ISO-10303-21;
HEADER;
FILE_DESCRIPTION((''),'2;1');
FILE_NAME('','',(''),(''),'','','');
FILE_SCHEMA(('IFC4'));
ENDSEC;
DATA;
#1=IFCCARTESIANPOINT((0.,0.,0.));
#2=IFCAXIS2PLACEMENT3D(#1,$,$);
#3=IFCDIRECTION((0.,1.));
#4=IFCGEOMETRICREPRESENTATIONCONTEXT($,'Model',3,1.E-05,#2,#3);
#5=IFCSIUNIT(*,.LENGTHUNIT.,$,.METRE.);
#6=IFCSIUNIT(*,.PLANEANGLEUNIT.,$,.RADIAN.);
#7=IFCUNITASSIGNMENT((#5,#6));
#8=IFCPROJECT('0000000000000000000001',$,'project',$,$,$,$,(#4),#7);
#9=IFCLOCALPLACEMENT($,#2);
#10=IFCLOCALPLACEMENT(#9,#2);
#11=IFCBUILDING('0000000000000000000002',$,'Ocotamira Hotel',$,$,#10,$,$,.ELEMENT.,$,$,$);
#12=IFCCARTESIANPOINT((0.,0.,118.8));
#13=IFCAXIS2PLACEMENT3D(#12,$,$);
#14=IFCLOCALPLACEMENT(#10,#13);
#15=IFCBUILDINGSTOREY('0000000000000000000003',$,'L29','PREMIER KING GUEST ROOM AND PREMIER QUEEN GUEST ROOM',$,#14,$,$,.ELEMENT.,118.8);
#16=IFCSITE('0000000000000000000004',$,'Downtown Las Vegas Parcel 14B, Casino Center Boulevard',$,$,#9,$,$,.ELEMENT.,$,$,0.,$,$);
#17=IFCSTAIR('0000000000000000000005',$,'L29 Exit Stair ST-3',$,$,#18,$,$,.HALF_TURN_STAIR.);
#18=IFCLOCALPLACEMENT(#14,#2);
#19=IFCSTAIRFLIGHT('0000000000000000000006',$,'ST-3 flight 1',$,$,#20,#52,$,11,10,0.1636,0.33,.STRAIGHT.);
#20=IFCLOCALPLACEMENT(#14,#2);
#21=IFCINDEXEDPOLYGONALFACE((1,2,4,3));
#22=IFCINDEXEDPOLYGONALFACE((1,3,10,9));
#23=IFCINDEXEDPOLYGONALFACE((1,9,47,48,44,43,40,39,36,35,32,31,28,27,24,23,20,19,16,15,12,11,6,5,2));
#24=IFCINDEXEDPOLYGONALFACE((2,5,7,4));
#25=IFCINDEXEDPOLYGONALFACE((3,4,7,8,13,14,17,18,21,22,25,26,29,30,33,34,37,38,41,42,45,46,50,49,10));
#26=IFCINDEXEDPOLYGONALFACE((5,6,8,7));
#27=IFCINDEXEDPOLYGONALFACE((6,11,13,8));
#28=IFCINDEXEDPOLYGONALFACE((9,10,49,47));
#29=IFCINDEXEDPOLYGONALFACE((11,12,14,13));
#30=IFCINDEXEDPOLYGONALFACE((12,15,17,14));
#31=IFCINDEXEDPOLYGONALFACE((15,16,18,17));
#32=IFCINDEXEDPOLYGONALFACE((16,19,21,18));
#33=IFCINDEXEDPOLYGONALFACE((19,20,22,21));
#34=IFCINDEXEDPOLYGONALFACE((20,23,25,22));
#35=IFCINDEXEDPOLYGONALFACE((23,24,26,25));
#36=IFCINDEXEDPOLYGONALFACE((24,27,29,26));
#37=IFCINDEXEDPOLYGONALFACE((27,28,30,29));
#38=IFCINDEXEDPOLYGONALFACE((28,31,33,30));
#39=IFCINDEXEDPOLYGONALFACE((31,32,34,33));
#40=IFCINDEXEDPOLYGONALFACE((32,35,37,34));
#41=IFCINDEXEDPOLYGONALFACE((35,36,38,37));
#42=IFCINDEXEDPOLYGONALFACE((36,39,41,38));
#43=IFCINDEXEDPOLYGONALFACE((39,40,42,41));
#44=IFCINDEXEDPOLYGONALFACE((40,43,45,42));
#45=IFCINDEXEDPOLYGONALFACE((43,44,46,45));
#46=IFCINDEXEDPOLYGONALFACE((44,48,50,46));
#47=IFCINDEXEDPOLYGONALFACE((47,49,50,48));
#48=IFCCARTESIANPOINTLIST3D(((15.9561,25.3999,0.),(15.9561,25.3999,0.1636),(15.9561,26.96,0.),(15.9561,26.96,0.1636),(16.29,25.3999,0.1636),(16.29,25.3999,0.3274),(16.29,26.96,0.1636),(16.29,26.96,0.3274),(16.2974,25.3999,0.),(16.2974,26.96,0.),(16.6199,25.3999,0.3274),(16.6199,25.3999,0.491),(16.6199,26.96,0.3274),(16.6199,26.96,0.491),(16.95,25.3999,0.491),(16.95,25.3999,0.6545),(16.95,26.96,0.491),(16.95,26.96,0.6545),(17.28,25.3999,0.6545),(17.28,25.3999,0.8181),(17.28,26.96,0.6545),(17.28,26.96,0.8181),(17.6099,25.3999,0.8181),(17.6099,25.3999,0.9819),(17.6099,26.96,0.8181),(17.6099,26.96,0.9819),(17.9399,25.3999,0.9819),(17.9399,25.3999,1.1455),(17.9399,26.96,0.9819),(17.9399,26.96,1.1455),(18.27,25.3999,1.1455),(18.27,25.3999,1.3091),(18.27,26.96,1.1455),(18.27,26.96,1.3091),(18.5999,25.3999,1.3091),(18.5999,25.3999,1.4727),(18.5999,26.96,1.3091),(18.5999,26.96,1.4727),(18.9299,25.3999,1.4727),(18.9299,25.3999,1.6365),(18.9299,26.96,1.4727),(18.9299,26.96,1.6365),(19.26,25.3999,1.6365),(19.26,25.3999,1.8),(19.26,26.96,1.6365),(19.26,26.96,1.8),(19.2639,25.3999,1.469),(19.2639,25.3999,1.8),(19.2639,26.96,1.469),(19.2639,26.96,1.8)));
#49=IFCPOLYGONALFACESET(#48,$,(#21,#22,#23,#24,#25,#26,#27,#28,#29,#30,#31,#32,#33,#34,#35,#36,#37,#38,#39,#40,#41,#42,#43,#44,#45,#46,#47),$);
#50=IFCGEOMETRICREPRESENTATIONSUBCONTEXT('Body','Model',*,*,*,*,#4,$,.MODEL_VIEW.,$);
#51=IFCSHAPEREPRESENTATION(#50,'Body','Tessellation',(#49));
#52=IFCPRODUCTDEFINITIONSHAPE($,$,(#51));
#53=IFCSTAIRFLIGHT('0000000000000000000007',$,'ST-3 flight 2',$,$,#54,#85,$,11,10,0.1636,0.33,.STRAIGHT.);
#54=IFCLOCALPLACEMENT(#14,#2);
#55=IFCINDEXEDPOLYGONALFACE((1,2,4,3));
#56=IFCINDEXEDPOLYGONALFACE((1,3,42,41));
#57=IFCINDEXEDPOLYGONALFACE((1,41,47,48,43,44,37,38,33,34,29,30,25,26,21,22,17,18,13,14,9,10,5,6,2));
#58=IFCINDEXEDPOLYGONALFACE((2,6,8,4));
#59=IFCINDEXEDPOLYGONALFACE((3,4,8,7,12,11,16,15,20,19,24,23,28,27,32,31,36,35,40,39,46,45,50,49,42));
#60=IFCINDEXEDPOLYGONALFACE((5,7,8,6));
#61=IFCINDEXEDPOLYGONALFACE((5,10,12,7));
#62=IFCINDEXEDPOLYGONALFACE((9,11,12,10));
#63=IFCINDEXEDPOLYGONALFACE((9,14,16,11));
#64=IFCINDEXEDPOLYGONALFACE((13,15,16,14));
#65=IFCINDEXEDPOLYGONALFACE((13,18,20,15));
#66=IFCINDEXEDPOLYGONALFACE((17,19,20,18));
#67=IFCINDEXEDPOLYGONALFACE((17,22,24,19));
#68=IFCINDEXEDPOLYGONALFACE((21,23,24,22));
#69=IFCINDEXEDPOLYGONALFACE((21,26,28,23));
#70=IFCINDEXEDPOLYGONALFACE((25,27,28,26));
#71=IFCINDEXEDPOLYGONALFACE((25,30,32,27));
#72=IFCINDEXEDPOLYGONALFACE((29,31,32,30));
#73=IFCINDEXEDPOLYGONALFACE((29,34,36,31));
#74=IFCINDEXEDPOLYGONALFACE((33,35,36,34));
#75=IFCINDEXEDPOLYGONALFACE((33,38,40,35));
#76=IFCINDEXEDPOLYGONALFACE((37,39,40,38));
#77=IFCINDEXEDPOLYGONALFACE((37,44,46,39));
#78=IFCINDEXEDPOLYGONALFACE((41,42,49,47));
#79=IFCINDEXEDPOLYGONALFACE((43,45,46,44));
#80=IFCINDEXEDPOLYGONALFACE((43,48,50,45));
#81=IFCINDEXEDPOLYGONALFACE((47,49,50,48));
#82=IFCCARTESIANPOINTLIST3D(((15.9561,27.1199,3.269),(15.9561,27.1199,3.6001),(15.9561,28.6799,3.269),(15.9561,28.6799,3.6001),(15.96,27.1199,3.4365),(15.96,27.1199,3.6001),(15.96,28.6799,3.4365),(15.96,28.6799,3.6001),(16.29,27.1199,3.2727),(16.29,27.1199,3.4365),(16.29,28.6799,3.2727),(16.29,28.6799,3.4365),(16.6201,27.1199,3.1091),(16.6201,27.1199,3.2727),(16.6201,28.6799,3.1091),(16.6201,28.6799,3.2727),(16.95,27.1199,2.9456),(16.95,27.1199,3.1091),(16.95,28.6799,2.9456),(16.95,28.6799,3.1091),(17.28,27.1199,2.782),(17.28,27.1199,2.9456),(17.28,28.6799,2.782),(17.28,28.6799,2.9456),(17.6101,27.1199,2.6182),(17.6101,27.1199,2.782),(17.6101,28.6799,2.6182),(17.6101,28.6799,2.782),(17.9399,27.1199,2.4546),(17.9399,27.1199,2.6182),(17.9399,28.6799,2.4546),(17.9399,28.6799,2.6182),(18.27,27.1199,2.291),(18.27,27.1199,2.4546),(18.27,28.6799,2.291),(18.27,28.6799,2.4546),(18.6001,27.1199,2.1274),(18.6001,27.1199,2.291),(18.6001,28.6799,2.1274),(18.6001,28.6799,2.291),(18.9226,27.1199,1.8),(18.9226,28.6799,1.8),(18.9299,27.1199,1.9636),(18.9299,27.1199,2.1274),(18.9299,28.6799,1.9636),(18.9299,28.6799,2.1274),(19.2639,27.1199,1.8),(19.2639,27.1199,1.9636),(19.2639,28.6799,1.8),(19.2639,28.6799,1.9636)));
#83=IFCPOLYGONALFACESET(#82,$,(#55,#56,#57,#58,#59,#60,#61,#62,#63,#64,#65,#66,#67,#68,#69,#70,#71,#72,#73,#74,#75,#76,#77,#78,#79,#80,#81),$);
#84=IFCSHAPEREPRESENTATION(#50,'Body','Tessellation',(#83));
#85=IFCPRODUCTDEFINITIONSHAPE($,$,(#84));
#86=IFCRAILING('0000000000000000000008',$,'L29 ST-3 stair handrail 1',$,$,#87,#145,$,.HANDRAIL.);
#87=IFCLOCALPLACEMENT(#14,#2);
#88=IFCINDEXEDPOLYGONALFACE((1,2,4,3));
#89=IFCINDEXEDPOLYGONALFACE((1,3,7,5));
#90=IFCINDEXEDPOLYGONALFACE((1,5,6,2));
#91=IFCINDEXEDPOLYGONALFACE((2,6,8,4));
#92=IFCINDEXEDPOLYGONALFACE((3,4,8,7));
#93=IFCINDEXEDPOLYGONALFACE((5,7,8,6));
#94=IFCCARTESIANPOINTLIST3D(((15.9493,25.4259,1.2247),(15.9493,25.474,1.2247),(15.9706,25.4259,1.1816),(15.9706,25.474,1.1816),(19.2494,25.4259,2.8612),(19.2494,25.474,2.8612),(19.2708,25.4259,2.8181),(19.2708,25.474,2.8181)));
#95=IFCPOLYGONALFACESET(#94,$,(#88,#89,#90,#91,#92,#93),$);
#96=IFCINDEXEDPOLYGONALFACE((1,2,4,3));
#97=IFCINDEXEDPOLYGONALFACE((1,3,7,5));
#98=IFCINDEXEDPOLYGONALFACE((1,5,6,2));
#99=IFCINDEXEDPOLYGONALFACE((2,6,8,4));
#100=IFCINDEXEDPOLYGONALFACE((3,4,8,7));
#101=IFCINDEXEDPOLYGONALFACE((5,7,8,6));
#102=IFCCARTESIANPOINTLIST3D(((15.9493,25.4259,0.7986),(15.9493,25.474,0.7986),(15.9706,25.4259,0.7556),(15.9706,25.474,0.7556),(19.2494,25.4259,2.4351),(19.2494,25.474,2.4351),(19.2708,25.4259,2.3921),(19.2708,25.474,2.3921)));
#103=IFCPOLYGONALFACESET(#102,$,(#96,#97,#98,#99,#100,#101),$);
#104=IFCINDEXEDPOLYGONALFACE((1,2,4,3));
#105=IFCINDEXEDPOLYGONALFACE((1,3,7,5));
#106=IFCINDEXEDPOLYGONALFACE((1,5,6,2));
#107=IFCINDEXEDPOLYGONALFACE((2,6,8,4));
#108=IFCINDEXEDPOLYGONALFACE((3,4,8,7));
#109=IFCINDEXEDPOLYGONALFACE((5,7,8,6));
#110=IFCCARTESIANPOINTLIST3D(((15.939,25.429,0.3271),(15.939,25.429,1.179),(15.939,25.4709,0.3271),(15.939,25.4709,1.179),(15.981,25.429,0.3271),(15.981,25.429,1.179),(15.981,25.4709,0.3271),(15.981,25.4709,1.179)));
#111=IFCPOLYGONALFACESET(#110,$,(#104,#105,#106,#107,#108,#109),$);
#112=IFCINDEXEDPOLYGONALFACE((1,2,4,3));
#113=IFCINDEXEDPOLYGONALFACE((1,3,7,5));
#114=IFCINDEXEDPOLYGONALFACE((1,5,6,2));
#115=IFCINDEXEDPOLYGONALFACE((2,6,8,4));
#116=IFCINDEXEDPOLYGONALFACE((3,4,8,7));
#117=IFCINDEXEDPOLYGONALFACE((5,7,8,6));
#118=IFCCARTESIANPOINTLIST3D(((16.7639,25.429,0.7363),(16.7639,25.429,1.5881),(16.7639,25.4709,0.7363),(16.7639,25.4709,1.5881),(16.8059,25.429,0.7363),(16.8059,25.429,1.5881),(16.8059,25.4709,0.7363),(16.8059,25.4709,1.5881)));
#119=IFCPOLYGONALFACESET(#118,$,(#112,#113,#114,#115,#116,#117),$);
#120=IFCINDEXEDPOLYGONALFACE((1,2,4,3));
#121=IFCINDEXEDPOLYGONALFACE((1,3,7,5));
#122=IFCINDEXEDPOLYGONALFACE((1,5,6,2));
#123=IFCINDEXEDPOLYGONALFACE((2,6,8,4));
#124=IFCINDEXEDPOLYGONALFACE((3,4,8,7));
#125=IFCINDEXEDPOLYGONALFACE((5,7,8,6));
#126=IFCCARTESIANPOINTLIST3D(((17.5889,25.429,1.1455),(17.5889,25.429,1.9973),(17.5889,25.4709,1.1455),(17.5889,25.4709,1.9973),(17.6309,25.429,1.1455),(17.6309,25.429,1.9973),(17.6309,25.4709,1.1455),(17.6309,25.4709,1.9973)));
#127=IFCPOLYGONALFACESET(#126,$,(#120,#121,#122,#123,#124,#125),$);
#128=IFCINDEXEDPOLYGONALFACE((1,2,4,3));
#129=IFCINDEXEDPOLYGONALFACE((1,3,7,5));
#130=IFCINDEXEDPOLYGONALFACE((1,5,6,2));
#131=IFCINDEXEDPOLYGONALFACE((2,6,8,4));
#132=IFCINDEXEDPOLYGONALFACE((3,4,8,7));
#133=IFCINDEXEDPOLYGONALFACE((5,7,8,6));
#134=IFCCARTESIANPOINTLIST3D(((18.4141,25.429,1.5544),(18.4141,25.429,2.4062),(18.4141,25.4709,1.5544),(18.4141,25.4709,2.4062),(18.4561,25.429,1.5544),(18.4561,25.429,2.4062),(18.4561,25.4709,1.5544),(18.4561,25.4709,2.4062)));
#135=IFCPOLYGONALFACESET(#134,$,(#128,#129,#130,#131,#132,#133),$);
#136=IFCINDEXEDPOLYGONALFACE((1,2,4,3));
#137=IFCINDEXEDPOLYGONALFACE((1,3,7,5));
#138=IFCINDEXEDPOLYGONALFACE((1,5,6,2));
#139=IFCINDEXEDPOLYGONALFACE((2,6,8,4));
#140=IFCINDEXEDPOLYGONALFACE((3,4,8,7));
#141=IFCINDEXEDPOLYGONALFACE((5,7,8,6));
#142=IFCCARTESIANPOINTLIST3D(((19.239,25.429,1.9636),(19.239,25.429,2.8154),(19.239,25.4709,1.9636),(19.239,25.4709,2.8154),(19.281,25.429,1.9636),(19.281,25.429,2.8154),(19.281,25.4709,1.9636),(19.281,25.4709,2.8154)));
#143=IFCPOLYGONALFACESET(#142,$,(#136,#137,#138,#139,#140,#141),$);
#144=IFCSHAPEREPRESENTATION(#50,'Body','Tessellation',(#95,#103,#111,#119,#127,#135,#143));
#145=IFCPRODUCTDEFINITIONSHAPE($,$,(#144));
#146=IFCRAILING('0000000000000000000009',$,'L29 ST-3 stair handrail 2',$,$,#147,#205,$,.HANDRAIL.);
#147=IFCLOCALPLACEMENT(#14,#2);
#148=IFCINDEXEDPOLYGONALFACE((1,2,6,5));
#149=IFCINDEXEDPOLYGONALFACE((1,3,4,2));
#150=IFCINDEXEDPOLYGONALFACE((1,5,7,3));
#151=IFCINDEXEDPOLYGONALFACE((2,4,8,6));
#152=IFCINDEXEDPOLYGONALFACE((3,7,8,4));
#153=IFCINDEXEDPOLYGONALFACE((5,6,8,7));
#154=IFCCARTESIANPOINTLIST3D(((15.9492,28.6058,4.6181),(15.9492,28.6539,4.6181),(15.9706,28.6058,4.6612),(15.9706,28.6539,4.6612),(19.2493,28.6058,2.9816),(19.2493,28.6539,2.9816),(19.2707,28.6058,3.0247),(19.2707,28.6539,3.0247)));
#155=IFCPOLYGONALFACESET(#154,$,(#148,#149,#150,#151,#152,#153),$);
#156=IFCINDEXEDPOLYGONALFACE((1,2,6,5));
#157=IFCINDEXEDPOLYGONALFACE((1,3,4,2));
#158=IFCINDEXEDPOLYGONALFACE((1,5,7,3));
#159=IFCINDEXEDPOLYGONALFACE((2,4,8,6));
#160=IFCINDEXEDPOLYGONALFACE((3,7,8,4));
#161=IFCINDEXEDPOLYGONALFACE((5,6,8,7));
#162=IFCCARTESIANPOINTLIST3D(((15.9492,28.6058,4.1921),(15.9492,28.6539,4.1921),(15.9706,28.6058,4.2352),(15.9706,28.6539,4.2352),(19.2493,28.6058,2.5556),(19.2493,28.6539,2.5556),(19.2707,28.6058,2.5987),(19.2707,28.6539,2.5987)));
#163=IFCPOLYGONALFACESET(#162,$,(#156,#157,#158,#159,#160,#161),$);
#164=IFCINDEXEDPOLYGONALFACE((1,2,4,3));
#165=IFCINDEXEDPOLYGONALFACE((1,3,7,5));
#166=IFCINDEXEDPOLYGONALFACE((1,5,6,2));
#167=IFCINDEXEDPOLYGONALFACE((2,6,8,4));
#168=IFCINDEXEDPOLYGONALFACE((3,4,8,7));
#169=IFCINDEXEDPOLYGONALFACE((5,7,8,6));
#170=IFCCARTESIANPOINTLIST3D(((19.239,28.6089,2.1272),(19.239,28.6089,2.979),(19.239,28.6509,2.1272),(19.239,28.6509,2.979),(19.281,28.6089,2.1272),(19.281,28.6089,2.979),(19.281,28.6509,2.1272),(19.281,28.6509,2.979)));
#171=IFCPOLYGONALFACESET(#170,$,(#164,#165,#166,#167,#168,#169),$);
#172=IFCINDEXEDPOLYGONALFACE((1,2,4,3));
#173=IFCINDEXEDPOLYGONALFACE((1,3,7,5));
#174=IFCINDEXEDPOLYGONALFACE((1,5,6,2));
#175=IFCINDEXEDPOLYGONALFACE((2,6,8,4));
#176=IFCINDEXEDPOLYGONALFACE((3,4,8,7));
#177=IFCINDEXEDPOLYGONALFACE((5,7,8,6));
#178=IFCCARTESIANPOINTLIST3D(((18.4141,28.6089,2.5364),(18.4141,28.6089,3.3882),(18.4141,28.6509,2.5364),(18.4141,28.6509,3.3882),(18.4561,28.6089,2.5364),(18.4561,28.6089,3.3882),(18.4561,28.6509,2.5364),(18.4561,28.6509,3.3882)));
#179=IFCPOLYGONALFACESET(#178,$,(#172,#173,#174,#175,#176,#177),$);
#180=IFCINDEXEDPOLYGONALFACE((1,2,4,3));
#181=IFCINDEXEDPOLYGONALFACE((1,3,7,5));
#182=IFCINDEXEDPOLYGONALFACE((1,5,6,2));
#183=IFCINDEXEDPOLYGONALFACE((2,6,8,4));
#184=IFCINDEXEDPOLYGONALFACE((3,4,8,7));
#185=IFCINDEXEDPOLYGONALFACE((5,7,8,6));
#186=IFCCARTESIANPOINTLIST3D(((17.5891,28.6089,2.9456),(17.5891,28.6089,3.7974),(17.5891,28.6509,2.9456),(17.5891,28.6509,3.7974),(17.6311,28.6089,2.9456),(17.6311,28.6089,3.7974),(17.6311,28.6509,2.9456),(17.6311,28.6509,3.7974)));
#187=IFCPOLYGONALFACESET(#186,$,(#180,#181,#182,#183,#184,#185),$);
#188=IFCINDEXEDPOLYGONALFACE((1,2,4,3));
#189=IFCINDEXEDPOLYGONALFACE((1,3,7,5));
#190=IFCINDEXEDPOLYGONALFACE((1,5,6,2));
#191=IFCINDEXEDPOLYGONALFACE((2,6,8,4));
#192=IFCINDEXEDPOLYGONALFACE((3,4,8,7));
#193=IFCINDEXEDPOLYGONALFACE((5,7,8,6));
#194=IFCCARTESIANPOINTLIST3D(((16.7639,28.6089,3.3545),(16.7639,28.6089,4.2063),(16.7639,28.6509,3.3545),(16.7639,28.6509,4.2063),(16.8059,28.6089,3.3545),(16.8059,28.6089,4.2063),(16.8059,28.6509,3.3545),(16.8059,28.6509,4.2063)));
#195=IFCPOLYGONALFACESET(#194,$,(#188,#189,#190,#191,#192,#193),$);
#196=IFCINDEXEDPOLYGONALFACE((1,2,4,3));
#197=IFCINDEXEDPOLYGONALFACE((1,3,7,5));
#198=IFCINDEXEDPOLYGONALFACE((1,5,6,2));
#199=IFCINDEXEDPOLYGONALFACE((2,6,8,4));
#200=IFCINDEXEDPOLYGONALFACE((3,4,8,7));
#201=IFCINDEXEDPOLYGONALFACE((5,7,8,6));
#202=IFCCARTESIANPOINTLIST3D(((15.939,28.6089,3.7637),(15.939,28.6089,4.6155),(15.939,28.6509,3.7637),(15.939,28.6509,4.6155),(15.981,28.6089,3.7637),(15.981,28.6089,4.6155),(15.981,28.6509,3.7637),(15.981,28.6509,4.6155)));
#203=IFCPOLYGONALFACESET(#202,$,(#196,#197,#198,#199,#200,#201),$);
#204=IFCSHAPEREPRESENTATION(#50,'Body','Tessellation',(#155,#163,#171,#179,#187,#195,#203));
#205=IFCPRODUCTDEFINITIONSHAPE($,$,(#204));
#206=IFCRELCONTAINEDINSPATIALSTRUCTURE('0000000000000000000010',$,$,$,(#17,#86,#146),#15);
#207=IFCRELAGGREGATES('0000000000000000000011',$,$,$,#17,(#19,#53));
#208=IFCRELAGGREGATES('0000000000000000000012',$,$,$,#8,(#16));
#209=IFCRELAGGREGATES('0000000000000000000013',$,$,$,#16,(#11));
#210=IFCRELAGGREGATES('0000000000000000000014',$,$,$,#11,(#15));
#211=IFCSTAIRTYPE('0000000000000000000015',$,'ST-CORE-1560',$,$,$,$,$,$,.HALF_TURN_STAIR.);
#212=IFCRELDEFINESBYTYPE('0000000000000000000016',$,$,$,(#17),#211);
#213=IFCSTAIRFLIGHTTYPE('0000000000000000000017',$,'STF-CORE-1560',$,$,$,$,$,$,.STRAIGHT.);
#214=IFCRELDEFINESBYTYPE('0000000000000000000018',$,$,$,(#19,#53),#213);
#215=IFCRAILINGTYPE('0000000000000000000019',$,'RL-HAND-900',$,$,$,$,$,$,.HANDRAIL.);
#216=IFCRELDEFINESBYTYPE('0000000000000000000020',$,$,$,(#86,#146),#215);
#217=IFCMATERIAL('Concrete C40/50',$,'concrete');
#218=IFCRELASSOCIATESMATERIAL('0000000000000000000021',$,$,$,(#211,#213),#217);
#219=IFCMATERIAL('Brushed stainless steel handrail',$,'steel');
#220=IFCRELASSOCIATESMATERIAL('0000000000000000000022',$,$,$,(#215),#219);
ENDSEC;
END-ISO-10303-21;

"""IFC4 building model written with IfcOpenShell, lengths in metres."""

from ifc_helpers import new_model, si_unit, direction, frame, origin, origin_2d, place, context, subcontext, project, spatial, polyline, rectangle, outline, extrude, source, transform, mapped, material, type_object, element, aggregate, save


model = new_model("IFC4")

# Units and contexts
model_context = context("Model", 3, precision=1e-05, world=origin(), true_north=direction((0.0, 1.0)))
body_context = subcontext(model_context, "Body", "Model", "MODEL_VIEW")
ifc_project = project(units=[si_unit("LENGTHUNIT", "METRE"), si_unit("PLANEANGLEUNIT", "RADIAN")], contexts=[model_context])

# Site, building, storey
site_placement = place(None, origin())
site = spatial("IfcSite", under=ifc_project, at=site_placement, Name="Downtown Las Vegas Parcel 14B, Casino Center Boulevard", CompositionType="ELEMENT", RefElevation=0.0)
building_placement = place(site_placement, origin())
building = spatial("IfcBuilding", under=site, at=building_placement, Name="Ocotamira Hotel", CompositionType="ELEMENT")
storey_placement = place(building_placement, frame((0.0, 0.0, 118.8)))
storey = spatial("IfcBuildingStorey", under=building, at=storey_placement, Name="L29", Description="PREMIER KING GUEST ROOM AND PREMIER QUEEN GUEST ROOM", CompositionType="ELEMENT", Elevation=118.8)

# Stair, stair flights
ifc_material_1 = material(Name="Concrete C40/50", Category="concrete")
stair_type = type_object("IfcStairType", Name="ST-CORE-1560", PredefinedType="HALF_TURN_STAIR", material=ifc_material_1)
stair_placement = place(storey_placement, origin())
stair = element("IfcStair", 1, at=stair_placement, inside=storey, type_object=stair_type, Name="L29 Exit Stair ST-3", PredefinedType="HALF_TURN_STAIR")
stair_flight_type = type_object("IfcStairFlightType", Name="STF-CORE-1560", PredefinedType="STRAIGHT", material=ifc_material_1)
shared_shape_1 = source(origin(), body_context, "Body", "SweptSolid", [
    extrude(outline(polyline([(-0.0039, 0.0), (-0.0039, 0.1636), (0.3301, 0.1636), (0.3301, 0.3274), (0.6599, 0.3274), (0.6599, 0.491), (0.99, 0.491), (0.99, 0.6545), (1.3201, 0.6545), (1.3201, 0.8181), (1.6499, 0.8181), (1.6499, 0.9819), (1.98, 0.9819), (1.98, 1.1455), (2.3101, 1.1455), (2.3101, 1.3091), (2.6399, 1.3091), (2.6399, 1.4727), (2.97, 1.4727), (2.97, 1.6365), (3.3, 1.6365), (3.3, 1.8), (3.304, 1.8), (3.304, 1.469), (0.3374, 0.0), (-0.0039, 0.0)])), frame((0.0, 0.78, 0.0), z_axis=(0.0, -1.0, 0.0), x_axis=(1.0, 0.0, 0.0)), (0.0, 0.0, 1.0), 1.5601),
])
stair_flight_1_placement = place(storey_placement, frame((15.96, 26.1799, 0.0), z_axis=(0.0, 0.0, 1.0), x_axis=(1.0, 0.0, 0.0)))
stair_flight_1 = element("IfcStairFlight", 2, at=stair_flight_1_placement, type_object=stair_flight_type, Name="ST-3 flight 1", NumberOfRisers=11, NumberOfTreads=10, PredefinedType="STRAIGHT", RiserHeight=0.1636, TreadLength=0.33, context=body_context, shape_type="MappedRepresentation", body=[
    mapped(shared_shape_1, transform((0.0, 0.0, 0.0), scale=1.0)),
])
stair_flight_2_placement = place(storey_placement, frame((19.26, 27.8999, 1.8), z_axis=(0.0, 0.0, 1.0), x_axis=(-1.0, 0.0, 0.0)))
stair_flight_2 = element("IfcStairFlight", 3, at=stair_flight_2_placement, type_object=stair_flight_type, Name="ST-3 flight 2", NumberOfRisers=11, NumberOfTreads=10, PredefinedType="STRAIGHT", RiserHeight=0.1636, TreadLength=0.33, context=body_context, shape_type="MappedRepresentation", body=[
    mapped(shared_shape_1, transform((0.0, 0.0, 0.0), scale=1.0)),
])
aggregate(stair, [stair_flight_1, stair_flight_2])

# Railings
ifc_material_2 = material(Name="Brushed stainless steel handrail", Category="steel")
railing_type_1 = type_object("IfcRailingType", Name="RL-HAND-900", PredefinedType="HANDRAIL", material=ifc_material_2)
railing_1_placement = place(storey_placement, frame((15.96, 25.45, 0.3271)))
element("IfcRailing", 4, at=railing_1_placement, inside=storey, type_object=railing_type_1, Name="L29 ST-3 stair handrail 1", PredefinedType="HANDRAIL", context=body_context, shape_type="SweptSolid", body=[
    extrude(rectangle(XDim=0.0481, YDim=0.0481, at=origin_2d()), frame((0.0, 0.0, 0.876), z_axis=(0.895894, 0.0, 0.444268), x_axis=(0.0, 1.0, 0.0)), (0.0, 0.0, 1.0), 3.6836),
    extrude(rectangle(XDim=0.0481, YDim=0.0481, at=origin_2d()), frame((0.0, 0.0, 0.45), z_axis=(0.895894, 0.0, 0.444268), x_axis=(0.0, 1.0, 0.0)), (0.0, 0.0, 1.0), 3.6836),
    extrude(rectangle(XDim=0.042, YDim=0.042, at=origin_2d()), origin(), (0.0, 0.0, 1.0), 0.8518),
    extrude(rectangle(XDim=0.042, YDim=0.042, at=origin_2d()), frame((0.825, 0.0, 0.4092)), (0.0, 0.0, 1.0), 0.8518),
    extrude(rectangle(XDim=0.042, YDim=0.042, at=origin_2d()), frame((1.6499, 0.0, 0.8184)), (0.0, 0.0, 1.0), 0.8518),
    extrude(rectangle(XDim=0.042, YDim=0.042, at=origin_2d()), frame((2.4751, 0.0, 1.2273)), (0.0, 0.0, 1.0), 0.8518),
    extrude(rectangle(XDim=0.042, YDim=0.042, at=origin_2d()), frame((3.3, 0.0, 1.6365)), (0.0, 0.0, 1.0), 0.8518),
])
railing_2_placement = place(storey_placement, frame((19.26, 28.6299, 2.1272)))
element("IfcRailing", 5, at=railing_2_placement, inside=storey, type_object=railing_type_1, Name="L29 ST-3 stair handrail 2", PredefinedType="HANDRAIL", context=body_context, shape_type="SweptSolid", body=[
    extrude(rectangle(XDim=0.0481, YDim=0.0481, at=origin_2d()), frame((0.0, 0.0, 0.876), z_axis=(-0.895894, 0.0, 0.444268), x_axis=(0.0, -1.0, 0.0)), (0.0, 0.0, 1.0), 3.6836),
    extrude(rectangle(XDim=0.0481, YDim=0.0481, at=origin_2d()), frame((0.0, 0.0, 0.45), z_axis=(-0.895894, 0.0, 0.444268), x_axis=(0.0, -1.0, 0.0)), (0.0, 0.0, 1.0), 3.6836),
    extrude(rectangle(XDim=0.042, YDim=0.042, at=origin_2d()), origin(), (0.0, 0.0, 1.0), 0.8518),
    extrude(rectangle(XDim=0.042, YDim=0.042, at=origin_2d()), frame((-0.825, 0.0, 0.4092)), (0.0, 0.0, 1.0), 0.8518),
    extrude(rectangle(XDim=0.042, YDim=0.042, at=origin_2d()), frame((-1.6499, 0.0, 0.8184)), (0.0, 0.0, 1.0), 0.8518),
    extrude(rectangle(XDim=0.042, YDim=0.042, at=origin_2d()), frame((-2.4751, 0.0, 1.2273)), (0.0, 0.0, 1.0), 0.8518),
    extrude(rectangle(XDim=0.042, YDim=0.042, at=origin_2d()), frame((-3.3, 0.0, 1.6365)), (0.0, 0.0, 1.0), 0.8518),
])

save(model, "model.ifc")
